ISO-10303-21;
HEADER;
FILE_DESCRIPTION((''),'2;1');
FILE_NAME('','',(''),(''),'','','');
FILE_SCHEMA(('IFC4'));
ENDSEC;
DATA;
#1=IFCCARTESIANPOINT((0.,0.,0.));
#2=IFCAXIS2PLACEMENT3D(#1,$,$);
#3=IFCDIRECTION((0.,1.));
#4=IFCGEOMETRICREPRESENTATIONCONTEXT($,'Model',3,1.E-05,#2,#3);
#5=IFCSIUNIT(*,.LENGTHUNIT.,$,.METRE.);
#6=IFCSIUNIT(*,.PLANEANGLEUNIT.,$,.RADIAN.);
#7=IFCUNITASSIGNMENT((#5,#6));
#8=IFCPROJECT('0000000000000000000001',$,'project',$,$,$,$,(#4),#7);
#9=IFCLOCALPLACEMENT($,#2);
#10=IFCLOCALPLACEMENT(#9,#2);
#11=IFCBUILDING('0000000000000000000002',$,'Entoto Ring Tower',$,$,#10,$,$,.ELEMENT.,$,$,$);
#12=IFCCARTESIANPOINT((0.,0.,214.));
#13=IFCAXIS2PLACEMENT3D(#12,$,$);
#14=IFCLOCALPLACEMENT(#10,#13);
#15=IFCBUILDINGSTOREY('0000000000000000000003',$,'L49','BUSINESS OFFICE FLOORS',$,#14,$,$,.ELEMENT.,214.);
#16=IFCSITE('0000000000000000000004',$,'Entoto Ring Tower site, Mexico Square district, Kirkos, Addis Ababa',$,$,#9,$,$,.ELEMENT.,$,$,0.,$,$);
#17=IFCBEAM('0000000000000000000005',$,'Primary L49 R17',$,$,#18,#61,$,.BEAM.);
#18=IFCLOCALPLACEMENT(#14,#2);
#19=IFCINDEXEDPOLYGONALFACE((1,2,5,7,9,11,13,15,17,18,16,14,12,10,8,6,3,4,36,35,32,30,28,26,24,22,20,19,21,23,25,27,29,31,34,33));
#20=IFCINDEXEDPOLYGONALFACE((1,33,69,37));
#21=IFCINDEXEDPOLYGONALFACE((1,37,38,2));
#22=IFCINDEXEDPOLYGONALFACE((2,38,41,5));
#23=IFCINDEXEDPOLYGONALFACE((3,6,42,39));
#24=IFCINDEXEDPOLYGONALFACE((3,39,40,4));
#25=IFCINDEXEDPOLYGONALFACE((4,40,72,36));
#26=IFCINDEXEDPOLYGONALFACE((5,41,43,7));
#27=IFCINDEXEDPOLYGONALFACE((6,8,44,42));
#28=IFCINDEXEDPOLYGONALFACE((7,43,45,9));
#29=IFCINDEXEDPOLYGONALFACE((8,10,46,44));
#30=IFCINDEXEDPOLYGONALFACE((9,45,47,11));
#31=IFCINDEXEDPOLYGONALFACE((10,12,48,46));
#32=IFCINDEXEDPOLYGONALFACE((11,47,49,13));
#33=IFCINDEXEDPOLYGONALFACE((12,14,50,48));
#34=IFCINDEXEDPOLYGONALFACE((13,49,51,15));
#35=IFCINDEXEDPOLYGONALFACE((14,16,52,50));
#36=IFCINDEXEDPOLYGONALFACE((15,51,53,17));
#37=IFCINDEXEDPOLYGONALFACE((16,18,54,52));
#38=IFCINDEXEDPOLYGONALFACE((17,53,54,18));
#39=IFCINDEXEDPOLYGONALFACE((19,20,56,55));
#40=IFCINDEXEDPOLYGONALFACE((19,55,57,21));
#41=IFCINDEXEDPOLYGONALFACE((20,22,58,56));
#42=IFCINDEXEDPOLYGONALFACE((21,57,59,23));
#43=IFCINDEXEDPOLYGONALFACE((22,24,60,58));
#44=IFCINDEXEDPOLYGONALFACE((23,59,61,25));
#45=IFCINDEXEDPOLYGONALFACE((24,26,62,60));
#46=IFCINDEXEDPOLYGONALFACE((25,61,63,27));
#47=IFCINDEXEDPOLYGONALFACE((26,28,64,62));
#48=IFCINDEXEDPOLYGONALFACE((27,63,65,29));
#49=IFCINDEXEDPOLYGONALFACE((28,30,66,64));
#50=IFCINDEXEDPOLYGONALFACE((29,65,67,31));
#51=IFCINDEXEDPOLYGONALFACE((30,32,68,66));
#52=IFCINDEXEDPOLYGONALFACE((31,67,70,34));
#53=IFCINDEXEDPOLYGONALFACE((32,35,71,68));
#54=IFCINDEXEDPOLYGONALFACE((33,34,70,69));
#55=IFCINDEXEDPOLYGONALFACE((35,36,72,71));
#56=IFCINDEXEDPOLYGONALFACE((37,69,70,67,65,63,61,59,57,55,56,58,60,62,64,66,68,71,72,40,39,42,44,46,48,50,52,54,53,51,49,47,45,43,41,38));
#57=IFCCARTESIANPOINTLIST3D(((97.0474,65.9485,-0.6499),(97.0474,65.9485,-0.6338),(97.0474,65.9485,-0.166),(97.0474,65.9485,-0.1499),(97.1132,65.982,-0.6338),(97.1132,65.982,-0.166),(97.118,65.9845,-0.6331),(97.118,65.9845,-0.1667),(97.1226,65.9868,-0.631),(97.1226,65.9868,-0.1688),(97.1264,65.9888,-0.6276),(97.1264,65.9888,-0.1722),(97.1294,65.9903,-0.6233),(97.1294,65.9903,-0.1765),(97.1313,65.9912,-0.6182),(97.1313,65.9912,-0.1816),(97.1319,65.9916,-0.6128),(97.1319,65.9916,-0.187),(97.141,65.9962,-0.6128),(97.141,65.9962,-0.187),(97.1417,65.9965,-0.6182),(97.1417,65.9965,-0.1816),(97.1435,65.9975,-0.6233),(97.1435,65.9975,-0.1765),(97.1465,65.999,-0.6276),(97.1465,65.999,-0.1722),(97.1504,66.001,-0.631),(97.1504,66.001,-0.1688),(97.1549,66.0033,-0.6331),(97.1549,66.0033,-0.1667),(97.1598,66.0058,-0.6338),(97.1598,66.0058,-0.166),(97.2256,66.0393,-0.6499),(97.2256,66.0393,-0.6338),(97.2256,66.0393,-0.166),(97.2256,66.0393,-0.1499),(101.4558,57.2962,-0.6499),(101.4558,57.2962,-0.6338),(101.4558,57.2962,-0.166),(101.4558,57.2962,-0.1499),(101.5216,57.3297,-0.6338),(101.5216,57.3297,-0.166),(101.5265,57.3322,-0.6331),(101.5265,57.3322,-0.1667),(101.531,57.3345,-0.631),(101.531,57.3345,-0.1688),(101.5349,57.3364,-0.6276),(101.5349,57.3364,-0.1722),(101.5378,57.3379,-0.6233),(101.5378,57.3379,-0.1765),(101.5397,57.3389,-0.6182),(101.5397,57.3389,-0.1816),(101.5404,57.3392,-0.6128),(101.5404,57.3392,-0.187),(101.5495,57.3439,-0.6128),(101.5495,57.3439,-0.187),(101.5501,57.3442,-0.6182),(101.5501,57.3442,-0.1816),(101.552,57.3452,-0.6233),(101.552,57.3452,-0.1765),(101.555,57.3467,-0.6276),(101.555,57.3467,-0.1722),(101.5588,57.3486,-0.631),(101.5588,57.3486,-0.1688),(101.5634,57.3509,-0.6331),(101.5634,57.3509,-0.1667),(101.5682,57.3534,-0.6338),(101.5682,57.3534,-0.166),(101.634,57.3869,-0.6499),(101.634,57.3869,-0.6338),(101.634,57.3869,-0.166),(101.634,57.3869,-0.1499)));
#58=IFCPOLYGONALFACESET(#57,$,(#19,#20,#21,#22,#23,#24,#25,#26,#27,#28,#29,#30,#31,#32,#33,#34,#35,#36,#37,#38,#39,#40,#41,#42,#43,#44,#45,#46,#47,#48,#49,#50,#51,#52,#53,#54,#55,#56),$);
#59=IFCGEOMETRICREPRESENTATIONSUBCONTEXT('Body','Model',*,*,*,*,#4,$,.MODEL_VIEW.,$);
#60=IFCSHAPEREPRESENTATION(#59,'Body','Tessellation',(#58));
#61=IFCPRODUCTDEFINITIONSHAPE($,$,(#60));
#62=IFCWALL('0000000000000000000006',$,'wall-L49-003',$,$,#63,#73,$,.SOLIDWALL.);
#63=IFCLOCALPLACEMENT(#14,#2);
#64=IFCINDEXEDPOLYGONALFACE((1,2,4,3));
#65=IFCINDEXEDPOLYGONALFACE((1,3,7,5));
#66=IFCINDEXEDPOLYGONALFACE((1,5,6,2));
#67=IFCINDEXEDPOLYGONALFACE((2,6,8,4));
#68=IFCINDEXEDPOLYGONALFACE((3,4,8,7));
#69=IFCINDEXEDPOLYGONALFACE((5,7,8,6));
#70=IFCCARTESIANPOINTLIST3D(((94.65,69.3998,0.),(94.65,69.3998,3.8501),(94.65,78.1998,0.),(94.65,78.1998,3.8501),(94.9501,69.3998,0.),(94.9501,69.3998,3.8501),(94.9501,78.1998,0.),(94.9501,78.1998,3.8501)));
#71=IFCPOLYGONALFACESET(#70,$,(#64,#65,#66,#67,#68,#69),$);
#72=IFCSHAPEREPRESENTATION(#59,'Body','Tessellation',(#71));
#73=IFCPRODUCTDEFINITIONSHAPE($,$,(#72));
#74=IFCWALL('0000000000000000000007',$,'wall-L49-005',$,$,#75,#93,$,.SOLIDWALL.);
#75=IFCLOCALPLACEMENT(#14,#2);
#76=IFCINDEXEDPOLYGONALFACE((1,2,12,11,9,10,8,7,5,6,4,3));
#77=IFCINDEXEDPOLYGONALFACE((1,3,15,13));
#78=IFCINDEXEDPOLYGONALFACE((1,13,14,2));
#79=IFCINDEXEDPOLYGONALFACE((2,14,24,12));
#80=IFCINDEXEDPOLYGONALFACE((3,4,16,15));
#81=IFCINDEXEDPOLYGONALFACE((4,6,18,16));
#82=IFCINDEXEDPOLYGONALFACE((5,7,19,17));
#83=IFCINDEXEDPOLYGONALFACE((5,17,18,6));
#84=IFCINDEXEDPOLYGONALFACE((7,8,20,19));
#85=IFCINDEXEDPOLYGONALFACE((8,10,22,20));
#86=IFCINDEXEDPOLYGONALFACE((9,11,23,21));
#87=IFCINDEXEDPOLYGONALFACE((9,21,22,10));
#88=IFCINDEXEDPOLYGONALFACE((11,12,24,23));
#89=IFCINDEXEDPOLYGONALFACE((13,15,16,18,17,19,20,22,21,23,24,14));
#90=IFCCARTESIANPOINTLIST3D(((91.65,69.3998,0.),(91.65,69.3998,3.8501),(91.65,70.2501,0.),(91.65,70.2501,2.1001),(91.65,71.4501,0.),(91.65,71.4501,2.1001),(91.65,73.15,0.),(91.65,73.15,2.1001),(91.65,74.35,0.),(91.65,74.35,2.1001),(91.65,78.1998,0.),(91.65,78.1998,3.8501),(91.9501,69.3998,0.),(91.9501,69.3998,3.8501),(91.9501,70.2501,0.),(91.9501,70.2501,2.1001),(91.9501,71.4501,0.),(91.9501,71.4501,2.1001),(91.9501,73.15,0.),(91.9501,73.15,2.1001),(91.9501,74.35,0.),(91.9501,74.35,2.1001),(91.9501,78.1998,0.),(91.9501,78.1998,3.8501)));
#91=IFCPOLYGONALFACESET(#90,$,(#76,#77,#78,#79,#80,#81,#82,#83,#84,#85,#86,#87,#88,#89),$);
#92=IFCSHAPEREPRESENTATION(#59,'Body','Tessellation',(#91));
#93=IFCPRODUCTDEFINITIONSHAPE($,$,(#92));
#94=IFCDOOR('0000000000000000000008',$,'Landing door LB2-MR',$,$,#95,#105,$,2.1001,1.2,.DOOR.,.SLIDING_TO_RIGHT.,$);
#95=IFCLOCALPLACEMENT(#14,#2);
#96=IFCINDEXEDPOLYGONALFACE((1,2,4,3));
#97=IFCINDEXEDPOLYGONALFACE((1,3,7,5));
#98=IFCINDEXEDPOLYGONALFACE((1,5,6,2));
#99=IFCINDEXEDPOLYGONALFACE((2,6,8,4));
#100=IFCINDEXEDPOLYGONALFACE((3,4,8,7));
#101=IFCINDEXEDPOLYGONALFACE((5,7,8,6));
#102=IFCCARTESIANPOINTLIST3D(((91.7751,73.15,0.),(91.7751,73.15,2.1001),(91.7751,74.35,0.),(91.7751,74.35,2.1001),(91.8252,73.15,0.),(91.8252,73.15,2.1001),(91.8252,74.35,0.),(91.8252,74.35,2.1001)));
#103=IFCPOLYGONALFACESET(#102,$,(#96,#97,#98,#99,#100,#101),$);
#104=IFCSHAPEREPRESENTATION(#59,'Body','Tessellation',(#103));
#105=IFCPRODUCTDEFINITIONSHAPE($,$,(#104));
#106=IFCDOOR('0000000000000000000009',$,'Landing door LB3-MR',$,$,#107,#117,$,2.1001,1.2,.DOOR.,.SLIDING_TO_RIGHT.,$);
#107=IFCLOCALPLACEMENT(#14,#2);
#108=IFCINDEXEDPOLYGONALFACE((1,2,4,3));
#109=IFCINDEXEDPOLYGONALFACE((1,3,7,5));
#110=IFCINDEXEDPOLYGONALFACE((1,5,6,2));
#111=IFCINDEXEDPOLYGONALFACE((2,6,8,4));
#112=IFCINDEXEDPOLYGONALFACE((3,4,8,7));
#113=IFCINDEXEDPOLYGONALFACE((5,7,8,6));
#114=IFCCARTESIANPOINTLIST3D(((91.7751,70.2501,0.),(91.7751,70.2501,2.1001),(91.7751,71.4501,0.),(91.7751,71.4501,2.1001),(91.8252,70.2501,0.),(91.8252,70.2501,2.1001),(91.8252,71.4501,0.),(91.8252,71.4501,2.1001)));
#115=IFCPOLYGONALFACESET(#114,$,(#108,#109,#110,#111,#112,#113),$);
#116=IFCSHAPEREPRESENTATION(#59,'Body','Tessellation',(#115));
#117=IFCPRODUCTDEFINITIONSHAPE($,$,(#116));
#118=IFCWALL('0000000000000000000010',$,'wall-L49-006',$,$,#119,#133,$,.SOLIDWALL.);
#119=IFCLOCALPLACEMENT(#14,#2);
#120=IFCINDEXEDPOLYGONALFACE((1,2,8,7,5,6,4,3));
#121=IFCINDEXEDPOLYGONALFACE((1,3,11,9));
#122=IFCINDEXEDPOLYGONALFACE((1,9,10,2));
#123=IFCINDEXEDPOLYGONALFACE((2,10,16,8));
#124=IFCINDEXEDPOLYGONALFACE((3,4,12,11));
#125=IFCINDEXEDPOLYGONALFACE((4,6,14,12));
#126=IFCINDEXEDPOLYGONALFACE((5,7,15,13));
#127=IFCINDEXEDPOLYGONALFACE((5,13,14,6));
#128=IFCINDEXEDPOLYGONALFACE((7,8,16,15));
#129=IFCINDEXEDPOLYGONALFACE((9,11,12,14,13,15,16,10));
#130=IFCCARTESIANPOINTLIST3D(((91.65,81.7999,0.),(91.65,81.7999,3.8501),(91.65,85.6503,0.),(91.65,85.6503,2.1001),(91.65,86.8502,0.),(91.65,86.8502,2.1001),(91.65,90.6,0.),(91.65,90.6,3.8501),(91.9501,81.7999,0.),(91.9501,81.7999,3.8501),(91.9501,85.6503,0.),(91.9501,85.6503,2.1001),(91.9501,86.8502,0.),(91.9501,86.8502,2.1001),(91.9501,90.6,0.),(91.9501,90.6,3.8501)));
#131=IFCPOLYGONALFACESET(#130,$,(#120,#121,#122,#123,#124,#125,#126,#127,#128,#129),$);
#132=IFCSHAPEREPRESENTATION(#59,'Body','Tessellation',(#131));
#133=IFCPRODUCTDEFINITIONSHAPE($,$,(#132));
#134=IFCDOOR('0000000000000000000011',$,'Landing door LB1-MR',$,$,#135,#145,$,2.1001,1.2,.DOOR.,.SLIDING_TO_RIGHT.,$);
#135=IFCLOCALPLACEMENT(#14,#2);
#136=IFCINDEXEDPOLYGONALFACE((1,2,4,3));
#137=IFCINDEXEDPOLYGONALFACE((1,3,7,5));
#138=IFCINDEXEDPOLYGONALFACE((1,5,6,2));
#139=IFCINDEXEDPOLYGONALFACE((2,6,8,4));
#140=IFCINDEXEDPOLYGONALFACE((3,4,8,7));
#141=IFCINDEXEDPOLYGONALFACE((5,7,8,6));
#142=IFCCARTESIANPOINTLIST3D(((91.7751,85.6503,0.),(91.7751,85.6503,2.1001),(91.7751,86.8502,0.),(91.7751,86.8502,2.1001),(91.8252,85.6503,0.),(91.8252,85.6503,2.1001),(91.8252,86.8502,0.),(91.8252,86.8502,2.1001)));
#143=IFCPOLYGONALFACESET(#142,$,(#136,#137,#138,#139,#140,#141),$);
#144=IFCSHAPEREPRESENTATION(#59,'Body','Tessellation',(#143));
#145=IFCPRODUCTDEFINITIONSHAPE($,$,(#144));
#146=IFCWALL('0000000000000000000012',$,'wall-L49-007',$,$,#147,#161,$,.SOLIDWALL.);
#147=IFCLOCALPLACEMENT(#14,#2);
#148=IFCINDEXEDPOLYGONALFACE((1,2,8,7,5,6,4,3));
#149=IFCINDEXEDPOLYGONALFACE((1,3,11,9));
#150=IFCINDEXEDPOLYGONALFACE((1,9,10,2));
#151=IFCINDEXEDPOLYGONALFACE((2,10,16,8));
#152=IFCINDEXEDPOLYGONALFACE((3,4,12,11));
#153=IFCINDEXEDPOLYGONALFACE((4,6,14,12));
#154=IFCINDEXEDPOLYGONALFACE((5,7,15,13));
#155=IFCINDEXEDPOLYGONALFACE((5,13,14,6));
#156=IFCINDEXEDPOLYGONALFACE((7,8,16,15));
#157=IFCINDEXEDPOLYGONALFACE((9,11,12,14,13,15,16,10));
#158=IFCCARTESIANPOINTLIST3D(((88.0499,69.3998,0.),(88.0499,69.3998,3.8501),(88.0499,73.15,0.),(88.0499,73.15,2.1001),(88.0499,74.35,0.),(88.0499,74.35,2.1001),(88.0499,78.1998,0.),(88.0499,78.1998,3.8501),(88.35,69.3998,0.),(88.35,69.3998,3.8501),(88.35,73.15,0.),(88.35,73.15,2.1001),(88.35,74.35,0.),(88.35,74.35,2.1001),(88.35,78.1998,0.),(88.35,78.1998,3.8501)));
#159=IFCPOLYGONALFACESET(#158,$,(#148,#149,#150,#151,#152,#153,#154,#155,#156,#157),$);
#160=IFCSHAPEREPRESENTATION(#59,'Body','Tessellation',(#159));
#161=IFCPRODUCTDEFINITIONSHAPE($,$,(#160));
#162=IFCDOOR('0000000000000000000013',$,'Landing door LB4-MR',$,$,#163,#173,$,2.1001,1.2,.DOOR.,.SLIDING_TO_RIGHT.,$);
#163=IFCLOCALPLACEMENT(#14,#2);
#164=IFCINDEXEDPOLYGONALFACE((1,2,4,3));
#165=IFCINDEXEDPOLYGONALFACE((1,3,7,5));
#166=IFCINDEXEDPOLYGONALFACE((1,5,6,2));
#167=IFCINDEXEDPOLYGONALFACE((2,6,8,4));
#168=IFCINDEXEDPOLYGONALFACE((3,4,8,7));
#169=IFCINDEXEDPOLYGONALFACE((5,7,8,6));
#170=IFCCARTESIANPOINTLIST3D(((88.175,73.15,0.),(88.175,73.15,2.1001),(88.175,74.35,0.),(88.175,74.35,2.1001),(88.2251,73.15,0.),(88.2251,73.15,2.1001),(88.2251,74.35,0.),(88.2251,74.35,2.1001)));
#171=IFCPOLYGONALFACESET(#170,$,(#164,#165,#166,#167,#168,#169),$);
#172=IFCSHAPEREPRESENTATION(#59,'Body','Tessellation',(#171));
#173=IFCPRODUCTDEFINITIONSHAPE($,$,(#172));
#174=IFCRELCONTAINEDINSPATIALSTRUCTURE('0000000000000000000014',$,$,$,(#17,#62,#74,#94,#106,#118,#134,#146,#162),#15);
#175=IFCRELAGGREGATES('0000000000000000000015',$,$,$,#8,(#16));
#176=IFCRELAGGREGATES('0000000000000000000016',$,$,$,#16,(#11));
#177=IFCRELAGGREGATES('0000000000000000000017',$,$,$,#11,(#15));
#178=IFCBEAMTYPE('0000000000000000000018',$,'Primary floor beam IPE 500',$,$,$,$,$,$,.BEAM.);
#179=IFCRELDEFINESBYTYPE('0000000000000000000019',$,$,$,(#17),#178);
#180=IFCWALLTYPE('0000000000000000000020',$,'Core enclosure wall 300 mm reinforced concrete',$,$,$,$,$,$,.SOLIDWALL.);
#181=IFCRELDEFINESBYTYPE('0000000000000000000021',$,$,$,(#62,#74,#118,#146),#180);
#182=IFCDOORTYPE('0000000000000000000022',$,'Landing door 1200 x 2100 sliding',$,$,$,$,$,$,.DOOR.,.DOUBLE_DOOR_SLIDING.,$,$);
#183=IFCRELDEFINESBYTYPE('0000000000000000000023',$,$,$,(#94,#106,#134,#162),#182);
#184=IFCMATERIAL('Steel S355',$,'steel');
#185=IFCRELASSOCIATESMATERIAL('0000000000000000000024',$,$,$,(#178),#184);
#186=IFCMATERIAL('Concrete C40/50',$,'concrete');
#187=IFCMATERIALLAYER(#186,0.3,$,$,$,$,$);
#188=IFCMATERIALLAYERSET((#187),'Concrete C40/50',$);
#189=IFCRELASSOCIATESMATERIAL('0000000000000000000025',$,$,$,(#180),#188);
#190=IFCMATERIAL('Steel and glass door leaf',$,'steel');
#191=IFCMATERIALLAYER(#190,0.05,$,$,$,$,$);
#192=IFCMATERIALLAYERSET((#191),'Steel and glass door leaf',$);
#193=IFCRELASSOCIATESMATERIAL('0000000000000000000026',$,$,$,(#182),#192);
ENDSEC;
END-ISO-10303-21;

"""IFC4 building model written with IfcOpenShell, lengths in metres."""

from ifc_helpers import new_model, si_unit, direction, frame, frame_2d, origin, origin_2d, place, context, subcontext, project, spatial, rectangle, i_section, extrude, material, layer, layer_set, material_profile, profile_set, type_object, element, fill, save


model = new_model("IFC4")

# Units and contexts
model_context = context("Model", 3, precision=1e-05, world=origin(), true_north=direction((0.0, 1.0)))
body_context = subcontext(model_context, "Body", "Model", "MODEL_VIEW")
ifc_project = project(units=[si_unit("LENGTHUNIT", "METRE"), si_unit("PLANEANGLEUNIT", "RADIAN")], contexts=[model_context])

# Site, building, storey
site_placement = place(None, origin())
site = spatial("IfcSite", under=ifc_project, at=site_placement, Name="Entoto Ring Tower site, Mexico Square district, Kirkos, Addis Ababa", CompositionType="ELEMENT", RefElevation=0.0)
building_placement = place(site_placement, origin())
building = spatial("IfcBuilding", under=site, at=building_placement, Name="Entoto Ring Tower", CompositionType="ELEMENT")
storey_placement = place(building_placement, frame((0.0, 0.0, 214.0)))
storey = spatial("IfcBuildingStorey", under=building, at=storey_placement, Name="L49", Description="BUSINESS OFFICE FLOORS", CompositionType="ELEMENT", Elevation=214.0)

# Beam
ifc_material_1 = material(Name="Steel S355", Category="steel")
ifc_material_profile = material_profile(ifc_material_1, i_section(OverallWidth=0.2, OverallDepth=0.5, WebThickness=0.0103, FlangeThickness=0.0161, FilletRadius=0.021, at=origin_2d()), Name="IPE 500")
ifc_profile_set = profile_set([ifc_material_profile], Name="Steel S355")
beam_type = type_object("IfcBeamType", Name="Primary floor beam IPE 500", PredefinedType="BEAM", material=ifc_profile_set)
beam_placement = place(storey_placement, frame((97.1365, 65.9939, -0.3999), z_axis=(0.453979, -0.891012, 0.0), x_axis=(0.891012, 0.453979, 0.0)))
element("IfcBeam", 1, at=beam_placement, inside=storey, type_object=beam_type, Name="Primary L49 R17", PredefinedType="BEAM", context=body_context, shape_type="SweptSolid", body=[
    extrude(i_section(OverallWidth=0.2, OverallDepth=0.5, WebThickness=0.0103, FlangeThickness=0.0161, FilletRadius=0.021, at=origin_2d()), origin(), (0.0, 0.0, 1.0), 9.7107),
])

# Wall
ifc_material_2 = material(Name="Concrete C40/50", Category="concrete")
ifc_layer_1 = layer(ifc_material_2, 0.3)
ifc_layer_set_1 = layer_set([ifc_layer_1], Name="Concrete C40/50")
wall_type_1 = type_object("IfcWallType", Name="Core enclosure wall 300 mm reinforced concrete", PredefinedType="SOLIDWALL", material=ifc_layer_set_1)
wall_1_placement = place(storey_placement, frame((94.8, 69.3999, 0.0), z_axis=(0.0, 0.0, 1.0), x_axis=(0.0, 1.0, 0.0)))
element("IfcWall", 2, at=wall_1_placement, inside=storey, type_object=wall_type_1, Name="wall-L49-003", PredefinedType="SOLIDWALL", context=body_context, shape_type="SweptSolid", body=[
    extrude(rectangle(XDim=8.8, YDim=0.3, at=frame_2d((4.3999, 0.0))), origin(), (0.0, 0.0, 1.0), 3.8501),
])

# Wall, openings, doors
wall_2_placement = place(storey_placement, frame((91.8, 69.3999, 0.0), z_axis=(0.0, 0.0, 1.0), x_axis=(0.0, 1.0, 0.0)))
wall_2 = element("IfcWall", 3, at=wall_2_placement, inside=storey, type_object=wall_type_1, Name="wall-L49-005", PredefinedType="SOLIDWALL", context=body_context, shape_type="SweptSolid", body=[
    extrude(rectangle(XDim=8.8, YDim=0.3, at=frame_2d((4.3999, 0.0))), origin(), (0.0, 0.0, 1.0), 3.8501),
])
opening_1_placement = place(wall_2_placement, frame((3.75, 0.0, 0.0)))
opening_1 = element("IfcOpeningElement", 4, at=opening_1_placement, cuts=wall_2, PredefinedType="OPENING", context=body_context, shape_type="SweptSolid", body=[
    extrude(rectangle(XDim=1.2, YDim=2.1001, at=frame_2d((0.6001, 1.05))), frame((0.0, 0.1602, 0.0), z_axis=(0.0, -1.0, 0.0), x_axis=(1.0, 0.0, 0.0)), (0.0, 0.0, 1.0), 0.3201),
])
opening_2_placement = place(wall_2_placement, frame((0.8501, 0.0, 0.0)))
opening_2 = element("IfcOpeningElement", 5, at=opening_2_placement, cuts=wall_2, PredefinedType="OPENING", context=body_context, shape_type="SweptSolid", body=[
    extrude(rectangle(XDim=1.2, YDim=2.1001, at=frame_2d((0.6001, 1.05))), frame((0.0, 0.1602, 0.0), z_axis=(0.0, -1.0, 0.0), x_axis=(1.0, 0.0, 0.0)), (0.0, 0.0, 1.0), 0.3201),
])
ifc_material_3 = material(Name="Steel and glass door leaf", Category="steel")
ifc_layer_2 = layer(ifc_material_3, 0.05)
ifc_layer_set_2 = layer_set([ifc_layer_2], Name="Steel and glass door leaf")
door_type_1 = type_object("IfcDoorType", Name="Landing door 1200 x 2100 sliding", OperationType="DOUBLE_DOOR_SLIDING", PredefinedType="DOOR", material=ifc_layer_set_2)
door_1_placement = place(opening_1_placement, origin())
door_1 = element("IfcDoor", 6, at=door_1_placement, inside=storey, type_object=door_type_1, Name="Landing door LB2-MR", OperationType="SLIDING_TO_RIGHT", OverallHeight=2.1001, OverallWidth=1.2, PredefinedType="DOOR", context=body_context, shape_type="SweptSolid", body=[
    extrude(rectangle(XDim=1.2, YDim=2.1001, at=frame_2d((0.6001, 1.05))), frame((0.0, 0.0249, 0.0), z_axis=(0.0, -1.0, 0.0), x_axis=(1.0, 0.0, 0.0)), (0.0, 0.0, 1.0), 0.05),
])
fill(opening_1, door_1)
door_2_placement = place(opening_2_placement, origin())
door_2 = element("IfcDoor", 7, at=door_2_placement, inside=storey, type_object=door_type_1, Name="Landing door LB3-MR", OperationType="SLIDING_TO_RIGHT", OverallHeight=2.1001, OverallWidth=1.2, PredefinedType="DOOR", context=body_context, shape_type="SweptSolid", body=[
    extrude(rectangle(XDim=1.2, YDim=2.1001, at=frame_2d((0.6001, 1.05))), frame((0.0, 0.0249, 0.0), z_axis=(0.0, -1.0, 0.0), x_axis=(1.0, 0.0, 0.0)), (0.0, 0.0, 1.0), 0.05),
])
fill(opening_2, door_2)

# Walls, openings, doors
wall_3_placement = place(storey_placement, frame((91.8, 81.8, 0.0), z_axis=(0.0, 0.0, 1.0), x_axis=(0.0, 1.0, 0.0)))
wall_3 = element("IfcWall", 8, at=wall_3_placement, inside=storey, type_object=wall_type_1, Name="wall-L49-006", PredefinedType="SOLIDWALL", context=body_context, shape_type="SweptSolid", body=[
    extrude(rectangle(XDim=8.8, YDim=0.3, at=frame_2d((4.3999, 0.0))), origin(), (0.0, 0.0, 1.0), 3.8501),
])
opening_3_placement = place(wall_3_placement, frame((3.8501, 0.0, 0.0)))
opening_3 = element("IfcOpeningElement", 9, at=opening_3_placement, cuts=wall_3, PredefinedType="OPENING", context=body_context, shape_type="SweptSolid", body=[
    extrude(rectangle(XDim=1.2, YDim=2.1001, at=frame_2d((0.6001, 1.05))), frame((0.0, 0.1602, 0.0), z_axis=(0.0, -1.0, 0.0), x_axis=(1.0, 0.0, 0.0)), (0.0, 0.0, 1.0), 0.3201),
])
door_3_placement = place(opening_3_placement, origin())
door_3 = element("IfcDoor", 10, at=door_3_placement, inside=storey, type_object=door_type_1, Name="Landing door LB1-MR", OperationType="SLIDING_TO_RIGHT", OverallHeight=2.1001, OverallWidth=1.2, PredefinedType="DOOR", context=body_context, shape_type="SweptSolid", body=[
    extrude(rectangle(XDim=1.2, YDim=2.1001, at=frame_2d((0.6001, 1.05))), frame((0.0, 0.0249, 0.0), z_axis=(0.0, -1.0, 0.0), x_axis=(1.0, 0.0, 0.0)), (0.0, 0.0, 1.0), 0.05),
])
fill(opening_3, door_3)
wall_4_placement = place(storey_placement, frame((88.2, 69.3999, 0.0), z_axis=(0.0, 0.0, 1.0), x_axis=(0.0, 1.0, 0.0)))
wall_4 = element("IfcWall", 11, at=wall_4_placement, inside=storey, type_object=wall_type_1, Name="wall-L49-007", PredefinedType="SOLIDWALL", context=body_context, shape_type="SweptSolid", body=[
    extrude(rectangle(XDim=8.8, YDim=0.3, at=frame_2d((4.3999, 0.0))), origin(), (0.0, 0.0, 1.0), 3.8501),
])
opening_4_placement = place(wall_4_placement, frame((3.75, 0.0, 0.0)))
opening_4 = element("IfcOpeningElement", 12, at=opening_4_placement, cuts=wall_4, PredefinedType="OPENING", context=body_context, shape_type="SweptSolid", body=[
    extrude(rectangle(XDim=1.2, YDim=2.1001, at=frame_2d((0.6001, 1.05))), frame((0.0, 0.1602, 0.0), z_axis=(0.0, -1.0, 0.0), x_axis=(1.0, 0.0, 0.0)), (0.0, 0.0, 1.0), 0.3201),
])
door_4_placement = place(opening_4_placement, origin())
door_4 = element("IfcDoor", 13, at=door_4_placement, inside=storey, type_object=door_type_1, Name="Landing door LB4-MR", OperationType="SLIDING_TO_RIGHT", OverallHeight=2.1001, OverallWidth=1.2, PredefinedType="DOOR", context=body_context, shape_type="SweptSolid", body=[
    extrude(rectangle(XDim=1.2, YDim=2.1001, at=frame_2d((0.6001, 1.05))), frame((0.0, 0.0249, 0.0), z_axis=(0.0, -1.0, 0.0), x_axis=(1.0, 0.0, 0.0)), (0.0, 0.0, 1.0), 0.05),
])
fill(opening_4, door_4)

save(model, "model.ifc")
